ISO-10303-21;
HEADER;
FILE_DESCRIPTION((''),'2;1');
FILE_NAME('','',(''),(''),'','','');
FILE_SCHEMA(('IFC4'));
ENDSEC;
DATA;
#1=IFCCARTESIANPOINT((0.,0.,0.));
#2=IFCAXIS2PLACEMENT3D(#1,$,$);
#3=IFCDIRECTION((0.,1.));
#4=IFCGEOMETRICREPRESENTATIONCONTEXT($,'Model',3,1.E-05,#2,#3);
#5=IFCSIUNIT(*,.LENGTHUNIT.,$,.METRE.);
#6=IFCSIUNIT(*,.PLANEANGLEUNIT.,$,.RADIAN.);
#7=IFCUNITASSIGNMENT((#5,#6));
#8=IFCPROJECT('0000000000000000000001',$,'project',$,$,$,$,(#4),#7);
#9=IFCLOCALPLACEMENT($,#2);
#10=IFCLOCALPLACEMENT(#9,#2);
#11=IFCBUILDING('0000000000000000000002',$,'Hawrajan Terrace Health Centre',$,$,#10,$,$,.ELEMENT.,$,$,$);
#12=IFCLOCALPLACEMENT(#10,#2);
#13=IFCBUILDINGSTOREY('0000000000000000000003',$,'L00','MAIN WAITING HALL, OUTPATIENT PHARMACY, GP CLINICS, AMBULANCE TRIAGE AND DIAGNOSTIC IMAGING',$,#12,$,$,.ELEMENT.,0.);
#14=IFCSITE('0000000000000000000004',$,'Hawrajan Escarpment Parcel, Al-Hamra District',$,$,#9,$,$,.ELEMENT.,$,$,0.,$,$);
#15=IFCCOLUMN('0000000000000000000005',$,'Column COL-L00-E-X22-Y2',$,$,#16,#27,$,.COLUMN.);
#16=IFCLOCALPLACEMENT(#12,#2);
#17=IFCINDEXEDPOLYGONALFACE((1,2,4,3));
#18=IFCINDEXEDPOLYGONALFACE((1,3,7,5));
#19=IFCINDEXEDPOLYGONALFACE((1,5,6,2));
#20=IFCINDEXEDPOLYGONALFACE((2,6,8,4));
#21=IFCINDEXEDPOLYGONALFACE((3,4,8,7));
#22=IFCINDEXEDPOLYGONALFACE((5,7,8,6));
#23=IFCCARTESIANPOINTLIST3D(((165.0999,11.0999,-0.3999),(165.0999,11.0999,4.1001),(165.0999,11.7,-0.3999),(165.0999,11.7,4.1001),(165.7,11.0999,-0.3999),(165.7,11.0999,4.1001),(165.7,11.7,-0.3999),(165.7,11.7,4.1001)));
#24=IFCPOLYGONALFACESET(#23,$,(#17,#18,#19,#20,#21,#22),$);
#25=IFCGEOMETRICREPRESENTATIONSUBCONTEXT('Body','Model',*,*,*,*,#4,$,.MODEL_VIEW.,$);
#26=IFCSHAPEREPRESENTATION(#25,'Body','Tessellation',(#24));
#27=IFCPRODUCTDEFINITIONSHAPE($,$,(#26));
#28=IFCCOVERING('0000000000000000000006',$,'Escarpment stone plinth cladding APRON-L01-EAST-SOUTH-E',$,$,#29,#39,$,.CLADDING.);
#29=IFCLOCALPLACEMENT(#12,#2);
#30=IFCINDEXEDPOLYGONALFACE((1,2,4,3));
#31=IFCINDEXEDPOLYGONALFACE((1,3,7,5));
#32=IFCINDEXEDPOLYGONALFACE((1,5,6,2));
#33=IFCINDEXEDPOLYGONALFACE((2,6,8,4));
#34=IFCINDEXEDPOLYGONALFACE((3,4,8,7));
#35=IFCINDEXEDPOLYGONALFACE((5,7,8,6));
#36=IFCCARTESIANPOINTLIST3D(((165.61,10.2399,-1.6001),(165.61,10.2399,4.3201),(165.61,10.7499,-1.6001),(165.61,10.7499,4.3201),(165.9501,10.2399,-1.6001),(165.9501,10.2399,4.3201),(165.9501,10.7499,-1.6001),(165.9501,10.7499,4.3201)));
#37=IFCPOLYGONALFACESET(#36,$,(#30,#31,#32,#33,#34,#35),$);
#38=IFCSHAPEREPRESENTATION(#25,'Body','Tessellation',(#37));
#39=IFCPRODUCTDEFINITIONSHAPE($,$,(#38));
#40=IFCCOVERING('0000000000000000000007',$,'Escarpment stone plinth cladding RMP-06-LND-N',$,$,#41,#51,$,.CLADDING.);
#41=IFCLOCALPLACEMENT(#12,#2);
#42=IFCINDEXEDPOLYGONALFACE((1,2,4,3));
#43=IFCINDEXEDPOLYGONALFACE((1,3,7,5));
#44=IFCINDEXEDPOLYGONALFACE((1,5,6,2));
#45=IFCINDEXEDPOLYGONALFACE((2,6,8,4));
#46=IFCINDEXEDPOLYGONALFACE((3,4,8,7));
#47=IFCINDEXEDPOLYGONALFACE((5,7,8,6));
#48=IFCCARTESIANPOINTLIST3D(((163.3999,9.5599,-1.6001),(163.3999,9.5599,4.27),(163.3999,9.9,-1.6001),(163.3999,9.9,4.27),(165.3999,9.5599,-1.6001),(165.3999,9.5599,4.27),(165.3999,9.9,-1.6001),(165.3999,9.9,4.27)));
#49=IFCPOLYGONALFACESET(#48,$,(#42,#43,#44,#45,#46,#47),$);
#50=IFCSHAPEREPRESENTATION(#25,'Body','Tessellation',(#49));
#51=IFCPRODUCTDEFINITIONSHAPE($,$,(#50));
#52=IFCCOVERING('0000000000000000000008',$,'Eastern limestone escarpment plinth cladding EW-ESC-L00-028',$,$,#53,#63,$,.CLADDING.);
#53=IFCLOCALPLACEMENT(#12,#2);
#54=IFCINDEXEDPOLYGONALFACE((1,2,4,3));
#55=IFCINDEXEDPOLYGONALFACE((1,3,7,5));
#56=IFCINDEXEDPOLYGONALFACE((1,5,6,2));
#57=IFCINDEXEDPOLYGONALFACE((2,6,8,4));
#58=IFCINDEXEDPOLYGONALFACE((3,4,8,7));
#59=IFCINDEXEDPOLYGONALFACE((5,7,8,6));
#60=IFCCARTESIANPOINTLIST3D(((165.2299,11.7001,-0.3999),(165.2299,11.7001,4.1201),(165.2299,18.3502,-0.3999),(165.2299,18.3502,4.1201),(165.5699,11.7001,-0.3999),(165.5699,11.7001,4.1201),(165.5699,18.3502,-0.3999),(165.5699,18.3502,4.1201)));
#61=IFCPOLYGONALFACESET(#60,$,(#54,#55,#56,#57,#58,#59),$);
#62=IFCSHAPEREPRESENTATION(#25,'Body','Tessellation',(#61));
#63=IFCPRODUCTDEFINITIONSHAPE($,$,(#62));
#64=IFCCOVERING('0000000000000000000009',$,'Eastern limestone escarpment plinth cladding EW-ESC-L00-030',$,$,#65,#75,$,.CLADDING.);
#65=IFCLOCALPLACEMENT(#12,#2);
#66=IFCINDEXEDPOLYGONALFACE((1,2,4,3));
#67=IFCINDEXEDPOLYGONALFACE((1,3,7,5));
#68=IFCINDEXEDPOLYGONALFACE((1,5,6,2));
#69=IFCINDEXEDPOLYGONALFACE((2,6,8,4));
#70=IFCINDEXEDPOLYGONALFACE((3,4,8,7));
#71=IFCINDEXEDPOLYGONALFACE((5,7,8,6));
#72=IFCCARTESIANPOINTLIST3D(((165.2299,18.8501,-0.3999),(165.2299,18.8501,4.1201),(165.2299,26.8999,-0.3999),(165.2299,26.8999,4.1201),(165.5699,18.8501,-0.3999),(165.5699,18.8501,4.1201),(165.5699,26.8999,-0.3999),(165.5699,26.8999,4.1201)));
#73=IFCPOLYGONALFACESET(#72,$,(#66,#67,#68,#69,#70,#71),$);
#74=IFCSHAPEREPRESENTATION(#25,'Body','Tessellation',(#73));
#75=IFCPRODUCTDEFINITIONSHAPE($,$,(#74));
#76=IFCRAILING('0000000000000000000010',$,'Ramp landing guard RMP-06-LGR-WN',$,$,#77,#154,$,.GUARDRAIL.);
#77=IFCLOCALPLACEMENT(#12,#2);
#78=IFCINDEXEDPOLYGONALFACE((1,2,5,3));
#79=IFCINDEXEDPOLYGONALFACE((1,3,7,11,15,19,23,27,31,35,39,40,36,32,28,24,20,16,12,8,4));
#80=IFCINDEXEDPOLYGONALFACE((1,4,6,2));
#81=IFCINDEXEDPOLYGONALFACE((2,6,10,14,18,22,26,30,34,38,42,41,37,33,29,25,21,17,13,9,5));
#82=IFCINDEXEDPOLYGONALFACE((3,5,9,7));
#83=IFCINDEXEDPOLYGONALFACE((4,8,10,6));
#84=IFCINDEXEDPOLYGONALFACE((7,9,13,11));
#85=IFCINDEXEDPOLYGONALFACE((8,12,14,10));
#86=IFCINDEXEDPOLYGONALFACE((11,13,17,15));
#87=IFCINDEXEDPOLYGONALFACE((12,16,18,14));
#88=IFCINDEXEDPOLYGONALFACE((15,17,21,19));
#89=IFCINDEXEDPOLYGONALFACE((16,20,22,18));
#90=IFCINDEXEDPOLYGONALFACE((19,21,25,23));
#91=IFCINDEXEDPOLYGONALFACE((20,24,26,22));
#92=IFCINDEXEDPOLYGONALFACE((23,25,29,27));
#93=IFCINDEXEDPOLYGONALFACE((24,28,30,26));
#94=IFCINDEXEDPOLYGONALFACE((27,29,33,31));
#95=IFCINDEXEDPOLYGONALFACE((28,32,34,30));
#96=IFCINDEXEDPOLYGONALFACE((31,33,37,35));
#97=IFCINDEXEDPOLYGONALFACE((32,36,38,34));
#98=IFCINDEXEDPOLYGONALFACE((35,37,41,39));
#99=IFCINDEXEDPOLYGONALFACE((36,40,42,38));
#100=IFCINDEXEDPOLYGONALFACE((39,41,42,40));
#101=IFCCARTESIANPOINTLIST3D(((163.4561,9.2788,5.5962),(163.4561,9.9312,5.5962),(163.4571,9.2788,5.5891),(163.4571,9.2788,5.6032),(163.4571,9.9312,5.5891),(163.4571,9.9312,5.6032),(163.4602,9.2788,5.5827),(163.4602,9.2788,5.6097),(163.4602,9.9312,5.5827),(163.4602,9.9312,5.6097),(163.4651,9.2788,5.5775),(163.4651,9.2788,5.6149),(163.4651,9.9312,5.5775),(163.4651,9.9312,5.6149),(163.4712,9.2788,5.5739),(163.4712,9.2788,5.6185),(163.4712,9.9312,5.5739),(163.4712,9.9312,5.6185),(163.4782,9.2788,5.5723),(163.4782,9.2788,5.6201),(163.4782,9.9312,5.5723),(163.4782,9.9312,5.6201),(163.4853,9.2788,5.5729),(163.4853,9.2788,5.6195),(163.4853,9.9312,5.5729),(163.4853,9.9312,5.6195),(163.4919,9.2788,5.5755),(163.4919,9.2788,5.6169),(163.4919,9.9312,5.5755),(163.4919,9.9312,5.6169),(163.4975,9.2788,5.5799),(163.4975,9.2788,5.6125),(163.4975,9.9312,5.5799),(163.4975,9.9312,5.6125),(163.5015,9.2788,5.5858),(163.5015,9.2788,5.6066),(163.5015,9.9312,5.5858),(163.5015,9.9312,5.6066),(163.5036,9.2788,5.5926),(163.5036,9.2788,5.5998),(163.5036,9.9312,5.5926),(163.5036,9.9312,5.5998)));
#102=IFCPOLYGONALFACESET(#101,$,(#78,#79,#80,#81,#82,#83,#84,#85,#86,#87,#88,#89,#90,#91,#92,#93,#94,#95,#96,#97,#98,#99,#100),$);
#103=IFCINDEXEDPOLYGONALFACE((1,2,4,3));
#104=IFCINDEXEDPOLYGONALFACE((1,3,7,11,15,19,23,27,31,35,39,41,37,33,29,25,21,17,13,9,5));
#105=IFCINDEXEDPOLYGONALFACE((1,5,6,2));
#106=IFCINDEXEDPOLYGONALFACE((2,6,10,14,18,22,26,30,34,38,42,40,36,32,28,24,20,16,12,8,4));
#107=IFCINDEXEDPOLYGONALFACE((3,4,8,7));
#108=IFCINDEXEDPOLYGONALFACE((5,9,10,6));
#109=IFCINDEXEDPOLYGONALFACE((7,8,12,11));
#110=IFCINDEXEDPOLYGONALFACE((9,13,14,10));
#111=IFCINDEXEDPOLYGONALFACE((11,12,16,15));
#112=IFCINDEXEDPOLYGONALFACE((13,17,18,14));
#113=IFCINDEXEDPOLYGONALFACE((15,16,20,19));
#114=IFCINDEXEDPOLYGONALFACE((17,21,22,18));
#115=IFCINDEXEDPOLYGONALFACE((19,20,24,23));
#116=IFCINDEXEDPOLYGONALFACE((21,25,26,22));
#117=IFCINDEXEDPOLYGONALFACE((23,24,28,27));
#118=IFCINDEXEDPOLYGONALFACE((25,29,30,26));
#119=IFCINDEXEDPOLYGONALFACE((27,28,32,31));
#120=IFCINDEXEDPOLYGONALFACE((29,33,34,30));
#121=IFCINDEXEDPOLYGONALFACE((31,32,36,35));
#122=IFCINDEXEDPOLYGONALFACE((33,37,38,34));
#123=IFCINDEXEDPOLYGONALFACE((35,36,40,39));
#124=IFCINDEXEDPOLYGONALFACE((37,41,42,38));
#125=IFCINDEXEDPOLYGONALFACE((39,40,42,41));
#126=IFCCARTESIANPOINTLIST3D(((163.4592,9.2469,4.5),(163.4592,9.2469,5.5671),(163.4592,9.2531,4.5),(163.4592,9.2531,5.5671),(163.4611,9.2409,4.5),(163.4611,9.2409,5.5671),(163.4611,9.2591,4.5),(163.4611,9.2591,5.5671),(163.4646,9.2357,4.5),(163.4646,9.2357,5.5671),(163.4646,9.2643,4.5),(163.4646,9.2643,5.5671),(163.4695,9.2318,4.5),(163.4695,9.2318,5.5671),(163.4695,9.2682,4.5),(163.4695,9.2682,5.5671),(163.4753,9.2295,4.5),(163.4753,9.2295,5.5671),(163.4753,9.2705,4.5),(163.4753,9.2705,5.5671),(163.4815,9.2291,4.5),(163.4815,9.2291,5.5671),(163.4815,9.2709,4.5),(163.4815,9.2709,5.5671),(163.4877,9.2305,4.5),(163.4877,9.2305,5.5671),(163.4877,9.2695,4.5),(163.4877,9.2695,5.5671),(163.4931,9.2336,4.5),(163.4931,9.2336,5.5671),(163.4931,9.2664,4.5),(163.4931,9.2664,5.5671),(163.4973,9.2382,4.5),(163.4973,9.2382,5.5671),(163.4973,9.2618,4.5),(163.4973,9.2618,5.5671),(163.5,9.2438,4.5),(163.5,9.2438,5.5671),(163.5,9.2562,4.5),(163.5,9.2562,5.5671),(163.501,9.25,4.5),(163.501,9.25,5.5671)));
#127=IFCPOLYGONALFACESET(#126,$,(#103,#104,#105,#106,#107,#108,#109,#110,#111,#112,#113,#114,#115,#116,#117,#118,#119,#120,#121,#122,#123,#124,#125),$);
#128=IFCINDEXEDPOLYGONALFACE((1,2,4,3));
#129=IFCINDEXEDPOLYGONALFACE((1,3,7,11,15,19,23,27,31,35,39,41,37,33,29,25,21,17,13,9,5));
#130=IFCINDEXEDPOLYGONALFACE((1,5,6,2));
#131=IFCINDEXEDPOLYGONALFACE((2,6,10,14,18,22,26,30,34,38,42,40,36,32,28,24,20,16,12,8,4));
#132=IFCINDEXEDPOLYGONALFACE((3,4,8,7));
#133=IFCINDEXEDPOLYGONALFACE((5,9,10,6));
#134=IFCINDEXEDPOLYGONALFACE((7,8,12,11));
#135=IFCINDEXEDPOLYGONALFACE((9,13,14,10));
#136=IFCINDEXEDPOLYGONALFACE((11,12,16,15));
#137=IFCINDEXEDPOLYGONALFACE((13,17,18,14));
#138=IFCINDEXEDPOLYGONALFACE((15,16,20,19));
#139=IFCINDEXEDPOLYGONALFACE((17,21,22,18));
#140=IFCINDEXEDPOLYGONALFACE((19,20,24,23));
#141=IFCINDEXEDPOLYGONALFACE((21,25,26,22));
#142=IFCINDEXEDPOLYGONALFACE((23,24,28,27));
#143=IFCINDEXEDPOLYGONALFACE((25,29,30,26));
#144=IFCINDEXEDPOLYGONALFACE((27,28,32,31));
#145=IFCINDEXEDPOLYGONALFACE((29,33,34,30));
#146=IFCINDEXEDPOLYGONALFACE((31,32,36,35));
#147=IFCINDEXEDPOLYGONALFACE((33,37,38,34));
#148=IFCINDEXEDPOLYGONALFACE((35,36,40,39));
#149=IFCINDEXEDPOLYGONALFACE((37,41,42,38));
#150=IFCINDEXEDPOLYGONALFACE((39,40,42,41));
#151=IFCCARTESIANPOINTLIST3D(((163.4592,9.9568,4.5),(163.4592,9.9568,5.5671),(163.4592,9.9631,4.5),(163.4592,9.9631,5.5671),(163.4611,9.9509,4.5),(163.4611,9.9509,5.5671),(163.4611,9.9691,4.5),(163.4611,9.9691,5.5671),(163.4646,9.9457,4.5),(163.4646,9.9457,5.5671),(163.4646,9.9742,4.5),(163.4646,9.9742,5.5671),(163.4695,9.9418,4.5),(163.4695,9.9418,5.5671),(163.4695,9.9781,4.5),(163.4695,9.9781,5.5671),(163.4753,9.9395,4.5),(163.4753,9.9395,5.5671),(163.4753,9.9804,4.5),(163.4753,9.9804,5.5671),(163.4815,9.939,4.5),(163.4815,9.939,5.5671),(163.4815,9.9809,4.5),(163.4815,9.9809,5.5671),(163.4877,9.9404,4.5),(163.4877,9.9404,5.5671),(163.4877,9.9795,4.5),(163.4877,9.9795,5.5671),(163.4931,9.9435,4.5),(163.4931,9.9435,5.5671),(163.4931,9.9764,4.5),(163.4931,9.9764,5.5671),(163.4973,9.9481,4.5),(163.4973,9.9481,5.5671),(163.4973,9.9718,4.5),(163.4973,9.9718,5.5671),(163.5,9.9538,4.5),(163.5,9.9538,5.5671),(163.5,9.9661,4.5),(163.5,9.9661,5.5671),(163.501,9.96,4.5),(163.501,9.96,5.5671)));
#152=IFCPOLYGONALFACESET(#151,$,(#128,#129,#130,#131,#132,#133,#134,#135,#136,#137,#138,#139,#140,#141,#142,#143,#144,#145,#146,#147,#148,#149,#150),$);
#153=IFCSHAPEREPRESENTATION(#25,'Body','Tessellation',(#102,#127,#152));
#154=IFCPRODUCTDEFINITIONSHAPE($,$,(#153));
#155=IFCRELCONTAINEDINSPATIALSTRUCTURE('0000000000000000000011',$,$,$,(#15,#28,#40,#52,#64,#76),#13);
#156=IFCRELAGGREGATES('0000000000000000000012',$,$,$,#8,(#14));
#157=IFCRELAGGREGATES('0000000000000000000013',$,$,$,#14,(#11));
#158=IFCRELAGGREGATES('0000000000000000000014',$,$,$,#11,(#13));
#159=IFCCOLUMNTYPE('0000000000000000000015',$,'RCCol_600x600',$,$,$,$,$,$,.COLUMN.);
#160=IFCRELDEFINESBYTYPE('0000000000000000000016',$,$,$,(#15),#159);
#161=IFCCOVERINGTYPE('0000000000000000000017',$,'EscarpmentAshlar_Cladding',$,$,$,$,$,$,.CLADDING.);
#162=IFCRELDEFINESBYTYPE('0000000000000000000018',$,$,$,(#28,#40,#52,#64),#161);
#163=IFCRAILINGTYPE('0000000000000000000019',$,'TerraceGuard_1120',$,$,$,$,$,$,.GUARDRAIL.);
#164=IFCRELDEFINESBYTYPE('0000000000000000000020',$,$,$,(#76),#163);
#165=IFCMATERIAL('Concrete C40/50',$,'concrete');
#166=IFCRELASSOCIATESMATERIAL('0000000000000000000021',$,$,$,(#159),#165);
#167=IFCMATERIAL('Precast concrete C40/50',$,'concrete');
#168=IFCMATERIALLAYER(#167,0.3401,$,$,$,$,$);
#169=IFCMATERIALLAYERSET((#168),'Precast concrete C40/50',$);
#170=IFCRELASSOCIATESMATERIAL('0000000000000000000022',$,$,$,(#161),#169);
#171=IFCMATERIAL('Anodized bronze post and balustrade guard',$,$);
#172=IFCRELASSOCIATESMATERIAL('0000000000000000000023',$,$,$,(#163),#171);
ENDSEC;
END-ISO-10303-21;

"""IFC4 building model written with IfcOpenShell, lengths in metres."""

from ifc_helpers import new_model, si_unit, direction, frame, frame_2d, origin, origin_2d, place, context, subcontext, project, spatial, rectangle, circle, extrude, material, layer, layer_set, material_profile, profile_set, type_object, element, save


model = new_model("IFC4")

# Units and contexts
model_context = context("Model", 3, precision=1e-05, world=origin(), true_north=direction((0.0, 1.0)))
body_context = subcontext(model_context, "Body", "Model", "MODEL_VIEW")
ifc_project = project(units=[si_unit("LENGTHUNIT", "METRE"), si_unit("PLANEANGLEUNIT", "RADIAN")], contexts=[model_context])

# Site, building, storey
site_placement = place(None, origin())
site = spatial("IfcSite", under=ifc_project, at=site_placement, Name="Hawrajan Escarpment Parcel, Al-Hamra District", CompositionType="ELEMENT", RefElevation=0.0)
building_placement = place(site_placement, origin())
building = spatial("IfcBuilding", under=site, at=building_placement, Name="Hawrajan Terrace Health Centre", CompositionType="ELEMENT")
storey_placement = place(building_placement, origin())
storey = spatial("IfcBuildingStorey", under=building, at=storey_placement, Name="L00", Description="MAIN WAITING HALL, OUTPATIENT PHARMACY, GP CLINICS, AMBULANCE TRIAGE AND DIAGNOSTIC IMAGING", CompositionType="ELEMENT", Elevation=0.0)

# Shared definitions
ifc_material_1 = material(Name="Concrete C40/50", Category="concrete")

# Column
ifc_material_profile_1 = material_profile(ifc_material_1, rectangle(XDim=0.6001, YDim=0.6001, at=origin_2d()), Name="RC 600x600")
ifc_profile_set_1 = profile_set([ifc_material_profile_1], Name="Concrete C40/50")
column_type_1 = type_object("IfcColumnType", Name="RCCol_600x600", PredefinedType="COLUMN", material=ifc_profile_set_1)
column_1_placement = place(storey_placement, frame((165.3999, 11.3999, -0.3999), z_axis=(0.0, 0.0, 1.0), x_axis=(1.0, 0.0, 0.0)))
element("IfcColumn", 1, at=column_1_placement, inside=storey, type_object=column_type_1, Name="Column COL-L00-E-X22-Y2", PredefinedType="COLUMN", context=body_context, shape_type="SweptSolid", body=[
    extrude(rectangle(XDim=0.6001, YDim=0.6001, at=origin_2d()), origin(), (0.0, 0.0, 1.0), 4.5),
])

# Coverings
ifc_material_2 = material(Name="Precast concrete C40/50", Category="concrete")
ifc_layer_1 = layer(ifc_material_2, 0.3401)
ifc_layer_set_1 = layer_set([ifc_layer_1], Name="Precast concrete C40/50")
covering_type = type_object("IfcCoveringType", Name="EscarpmentAshlar_Cladding", PredefinedType="CLADDING", material=ifc_layer_set_1)
covering_1_placement = place(storey_placement, frame((165.78, 10.24, -1.6001), z_axis=(0.0, 0.0, 1.0), x_axis=(0.0, 1.0, 0.0)))
element("IfcCovering", 2, at=covering_1_placement, inside=storey, type_object=covering_type, Name="Escarpment stone plinth cladding APRON-L01-EAST-SOUTH-E", PredefinedType="CLADDING", context=body_context, shape_type="SweptSolid", body=[
    extrude(rectangle(XDim=0.51, YDim=0.3401, at=frame_2d((0.2549, 0.0))), origin(), (0.0, 0.0, 1.0), 5.9202),
])
covering_2_placement = place(storey_placement, frame((163.3999, 9.73, -1.6001), z_axis=(0.0, 0.0, 1.0), x_axis=(1.0, 0.0, 0.0)))
element("IfcCovering", 3, at=covering_2_placement, inside=storey, type_object=covering_type, Name="Escarpment stone plinth cladding RMP-06-LND-N", PredefinedType="CLADDING", context=body_context, shape_type="SweptSolid", body=[
    extrude(rectangle(XDim=2.0, YDim=0.3401, at=frame_2d((1.0, 0.0))), origin(), (0.0, 0.0, 1.0), 5.8701),
])
covering_3_placement = place(storey_placement, frame((165.3999, 11.7, -0.3999), z_axis=(0.0, 0.0, 1.0), x_axis=(0.0, 1.0, 0.0)))
element("IfcCovering", 4, at=covering_3_placement, inside=storey, type_object=covering_type, Name="Eastern limestone escarpment plinth cladding EW-ESC-L00-028", PredefinedType="CLADDING", context=body_context, shape_type="SweptSolid", body=[
    extrude(rectangle(XDim=6.6501, YDim=0.3401, at=frame_2d((3.3252, 0.0))), origin(), (0.0, 0.0, 1.0), 4.52),
])
covering_4_placement = place(storey_placement, frame((165.3999, 18.8501, -0.3999), z_axis=(0.0, 0.0, 1.0), x_axis=(0.0, 1.0, 0.0)))
element("IfcCovering", 5, at=covering_4_placement, inside=storey, type_object=covering_type, Name="Eastern limestone escarpment plinth cladding EW-ESC-L00-030", PredefinedType="CLADDING", context=body_context, shape_type="SweptSolid", body=[
    extrude(rectangle(XDim=8.0498, YDim=0.3401, at=frame_2d((4.0249, 0.0))), origin(), (0.0, 0.0, 1.0), 4.52),
])

# Railing
ifc_material_3 = material(Name="Anodized bronze post and balustrade guard")
railing_type = type_object("IfcRailingType", Name="TerraceGuard_1120", PredefinedType="GUARDRAIL", material=ifc_material_3)
railing_placement = place(storey_placement, frame((163.48, 9.25, 4.5)))
element("IfcRailing", 6, at=railing_placement, inside=storey, type_object=railing_type, Name="Ramp landing guard RMP-06-LGR-WN", PredefinedType="GUARDRAIL", context=body_context, shape_type="SweptSolid", body=[
    extrude(circle(Radius=0.0239, at=origin_2d()), frame((0.0, 0.0288, 1.0962), z_axis=(0.0, 1.0, 0.0), x_axis=(-1.0, 0.0, 0.0)), (0.0, 0.0, 1.0), 0.6523),
    extrude(circle(Radius=0.021, at=origin_2d()), origin(), (0.0, 0.0, 1.0), 1.0671),
    extrude(circle(Radius=0.021, at=origin_2d()), frame((0.0, 0.71, 0.0)), (0.0, 0.0, 1.0), 1.0671),
])

save(model, "model.ifc")
